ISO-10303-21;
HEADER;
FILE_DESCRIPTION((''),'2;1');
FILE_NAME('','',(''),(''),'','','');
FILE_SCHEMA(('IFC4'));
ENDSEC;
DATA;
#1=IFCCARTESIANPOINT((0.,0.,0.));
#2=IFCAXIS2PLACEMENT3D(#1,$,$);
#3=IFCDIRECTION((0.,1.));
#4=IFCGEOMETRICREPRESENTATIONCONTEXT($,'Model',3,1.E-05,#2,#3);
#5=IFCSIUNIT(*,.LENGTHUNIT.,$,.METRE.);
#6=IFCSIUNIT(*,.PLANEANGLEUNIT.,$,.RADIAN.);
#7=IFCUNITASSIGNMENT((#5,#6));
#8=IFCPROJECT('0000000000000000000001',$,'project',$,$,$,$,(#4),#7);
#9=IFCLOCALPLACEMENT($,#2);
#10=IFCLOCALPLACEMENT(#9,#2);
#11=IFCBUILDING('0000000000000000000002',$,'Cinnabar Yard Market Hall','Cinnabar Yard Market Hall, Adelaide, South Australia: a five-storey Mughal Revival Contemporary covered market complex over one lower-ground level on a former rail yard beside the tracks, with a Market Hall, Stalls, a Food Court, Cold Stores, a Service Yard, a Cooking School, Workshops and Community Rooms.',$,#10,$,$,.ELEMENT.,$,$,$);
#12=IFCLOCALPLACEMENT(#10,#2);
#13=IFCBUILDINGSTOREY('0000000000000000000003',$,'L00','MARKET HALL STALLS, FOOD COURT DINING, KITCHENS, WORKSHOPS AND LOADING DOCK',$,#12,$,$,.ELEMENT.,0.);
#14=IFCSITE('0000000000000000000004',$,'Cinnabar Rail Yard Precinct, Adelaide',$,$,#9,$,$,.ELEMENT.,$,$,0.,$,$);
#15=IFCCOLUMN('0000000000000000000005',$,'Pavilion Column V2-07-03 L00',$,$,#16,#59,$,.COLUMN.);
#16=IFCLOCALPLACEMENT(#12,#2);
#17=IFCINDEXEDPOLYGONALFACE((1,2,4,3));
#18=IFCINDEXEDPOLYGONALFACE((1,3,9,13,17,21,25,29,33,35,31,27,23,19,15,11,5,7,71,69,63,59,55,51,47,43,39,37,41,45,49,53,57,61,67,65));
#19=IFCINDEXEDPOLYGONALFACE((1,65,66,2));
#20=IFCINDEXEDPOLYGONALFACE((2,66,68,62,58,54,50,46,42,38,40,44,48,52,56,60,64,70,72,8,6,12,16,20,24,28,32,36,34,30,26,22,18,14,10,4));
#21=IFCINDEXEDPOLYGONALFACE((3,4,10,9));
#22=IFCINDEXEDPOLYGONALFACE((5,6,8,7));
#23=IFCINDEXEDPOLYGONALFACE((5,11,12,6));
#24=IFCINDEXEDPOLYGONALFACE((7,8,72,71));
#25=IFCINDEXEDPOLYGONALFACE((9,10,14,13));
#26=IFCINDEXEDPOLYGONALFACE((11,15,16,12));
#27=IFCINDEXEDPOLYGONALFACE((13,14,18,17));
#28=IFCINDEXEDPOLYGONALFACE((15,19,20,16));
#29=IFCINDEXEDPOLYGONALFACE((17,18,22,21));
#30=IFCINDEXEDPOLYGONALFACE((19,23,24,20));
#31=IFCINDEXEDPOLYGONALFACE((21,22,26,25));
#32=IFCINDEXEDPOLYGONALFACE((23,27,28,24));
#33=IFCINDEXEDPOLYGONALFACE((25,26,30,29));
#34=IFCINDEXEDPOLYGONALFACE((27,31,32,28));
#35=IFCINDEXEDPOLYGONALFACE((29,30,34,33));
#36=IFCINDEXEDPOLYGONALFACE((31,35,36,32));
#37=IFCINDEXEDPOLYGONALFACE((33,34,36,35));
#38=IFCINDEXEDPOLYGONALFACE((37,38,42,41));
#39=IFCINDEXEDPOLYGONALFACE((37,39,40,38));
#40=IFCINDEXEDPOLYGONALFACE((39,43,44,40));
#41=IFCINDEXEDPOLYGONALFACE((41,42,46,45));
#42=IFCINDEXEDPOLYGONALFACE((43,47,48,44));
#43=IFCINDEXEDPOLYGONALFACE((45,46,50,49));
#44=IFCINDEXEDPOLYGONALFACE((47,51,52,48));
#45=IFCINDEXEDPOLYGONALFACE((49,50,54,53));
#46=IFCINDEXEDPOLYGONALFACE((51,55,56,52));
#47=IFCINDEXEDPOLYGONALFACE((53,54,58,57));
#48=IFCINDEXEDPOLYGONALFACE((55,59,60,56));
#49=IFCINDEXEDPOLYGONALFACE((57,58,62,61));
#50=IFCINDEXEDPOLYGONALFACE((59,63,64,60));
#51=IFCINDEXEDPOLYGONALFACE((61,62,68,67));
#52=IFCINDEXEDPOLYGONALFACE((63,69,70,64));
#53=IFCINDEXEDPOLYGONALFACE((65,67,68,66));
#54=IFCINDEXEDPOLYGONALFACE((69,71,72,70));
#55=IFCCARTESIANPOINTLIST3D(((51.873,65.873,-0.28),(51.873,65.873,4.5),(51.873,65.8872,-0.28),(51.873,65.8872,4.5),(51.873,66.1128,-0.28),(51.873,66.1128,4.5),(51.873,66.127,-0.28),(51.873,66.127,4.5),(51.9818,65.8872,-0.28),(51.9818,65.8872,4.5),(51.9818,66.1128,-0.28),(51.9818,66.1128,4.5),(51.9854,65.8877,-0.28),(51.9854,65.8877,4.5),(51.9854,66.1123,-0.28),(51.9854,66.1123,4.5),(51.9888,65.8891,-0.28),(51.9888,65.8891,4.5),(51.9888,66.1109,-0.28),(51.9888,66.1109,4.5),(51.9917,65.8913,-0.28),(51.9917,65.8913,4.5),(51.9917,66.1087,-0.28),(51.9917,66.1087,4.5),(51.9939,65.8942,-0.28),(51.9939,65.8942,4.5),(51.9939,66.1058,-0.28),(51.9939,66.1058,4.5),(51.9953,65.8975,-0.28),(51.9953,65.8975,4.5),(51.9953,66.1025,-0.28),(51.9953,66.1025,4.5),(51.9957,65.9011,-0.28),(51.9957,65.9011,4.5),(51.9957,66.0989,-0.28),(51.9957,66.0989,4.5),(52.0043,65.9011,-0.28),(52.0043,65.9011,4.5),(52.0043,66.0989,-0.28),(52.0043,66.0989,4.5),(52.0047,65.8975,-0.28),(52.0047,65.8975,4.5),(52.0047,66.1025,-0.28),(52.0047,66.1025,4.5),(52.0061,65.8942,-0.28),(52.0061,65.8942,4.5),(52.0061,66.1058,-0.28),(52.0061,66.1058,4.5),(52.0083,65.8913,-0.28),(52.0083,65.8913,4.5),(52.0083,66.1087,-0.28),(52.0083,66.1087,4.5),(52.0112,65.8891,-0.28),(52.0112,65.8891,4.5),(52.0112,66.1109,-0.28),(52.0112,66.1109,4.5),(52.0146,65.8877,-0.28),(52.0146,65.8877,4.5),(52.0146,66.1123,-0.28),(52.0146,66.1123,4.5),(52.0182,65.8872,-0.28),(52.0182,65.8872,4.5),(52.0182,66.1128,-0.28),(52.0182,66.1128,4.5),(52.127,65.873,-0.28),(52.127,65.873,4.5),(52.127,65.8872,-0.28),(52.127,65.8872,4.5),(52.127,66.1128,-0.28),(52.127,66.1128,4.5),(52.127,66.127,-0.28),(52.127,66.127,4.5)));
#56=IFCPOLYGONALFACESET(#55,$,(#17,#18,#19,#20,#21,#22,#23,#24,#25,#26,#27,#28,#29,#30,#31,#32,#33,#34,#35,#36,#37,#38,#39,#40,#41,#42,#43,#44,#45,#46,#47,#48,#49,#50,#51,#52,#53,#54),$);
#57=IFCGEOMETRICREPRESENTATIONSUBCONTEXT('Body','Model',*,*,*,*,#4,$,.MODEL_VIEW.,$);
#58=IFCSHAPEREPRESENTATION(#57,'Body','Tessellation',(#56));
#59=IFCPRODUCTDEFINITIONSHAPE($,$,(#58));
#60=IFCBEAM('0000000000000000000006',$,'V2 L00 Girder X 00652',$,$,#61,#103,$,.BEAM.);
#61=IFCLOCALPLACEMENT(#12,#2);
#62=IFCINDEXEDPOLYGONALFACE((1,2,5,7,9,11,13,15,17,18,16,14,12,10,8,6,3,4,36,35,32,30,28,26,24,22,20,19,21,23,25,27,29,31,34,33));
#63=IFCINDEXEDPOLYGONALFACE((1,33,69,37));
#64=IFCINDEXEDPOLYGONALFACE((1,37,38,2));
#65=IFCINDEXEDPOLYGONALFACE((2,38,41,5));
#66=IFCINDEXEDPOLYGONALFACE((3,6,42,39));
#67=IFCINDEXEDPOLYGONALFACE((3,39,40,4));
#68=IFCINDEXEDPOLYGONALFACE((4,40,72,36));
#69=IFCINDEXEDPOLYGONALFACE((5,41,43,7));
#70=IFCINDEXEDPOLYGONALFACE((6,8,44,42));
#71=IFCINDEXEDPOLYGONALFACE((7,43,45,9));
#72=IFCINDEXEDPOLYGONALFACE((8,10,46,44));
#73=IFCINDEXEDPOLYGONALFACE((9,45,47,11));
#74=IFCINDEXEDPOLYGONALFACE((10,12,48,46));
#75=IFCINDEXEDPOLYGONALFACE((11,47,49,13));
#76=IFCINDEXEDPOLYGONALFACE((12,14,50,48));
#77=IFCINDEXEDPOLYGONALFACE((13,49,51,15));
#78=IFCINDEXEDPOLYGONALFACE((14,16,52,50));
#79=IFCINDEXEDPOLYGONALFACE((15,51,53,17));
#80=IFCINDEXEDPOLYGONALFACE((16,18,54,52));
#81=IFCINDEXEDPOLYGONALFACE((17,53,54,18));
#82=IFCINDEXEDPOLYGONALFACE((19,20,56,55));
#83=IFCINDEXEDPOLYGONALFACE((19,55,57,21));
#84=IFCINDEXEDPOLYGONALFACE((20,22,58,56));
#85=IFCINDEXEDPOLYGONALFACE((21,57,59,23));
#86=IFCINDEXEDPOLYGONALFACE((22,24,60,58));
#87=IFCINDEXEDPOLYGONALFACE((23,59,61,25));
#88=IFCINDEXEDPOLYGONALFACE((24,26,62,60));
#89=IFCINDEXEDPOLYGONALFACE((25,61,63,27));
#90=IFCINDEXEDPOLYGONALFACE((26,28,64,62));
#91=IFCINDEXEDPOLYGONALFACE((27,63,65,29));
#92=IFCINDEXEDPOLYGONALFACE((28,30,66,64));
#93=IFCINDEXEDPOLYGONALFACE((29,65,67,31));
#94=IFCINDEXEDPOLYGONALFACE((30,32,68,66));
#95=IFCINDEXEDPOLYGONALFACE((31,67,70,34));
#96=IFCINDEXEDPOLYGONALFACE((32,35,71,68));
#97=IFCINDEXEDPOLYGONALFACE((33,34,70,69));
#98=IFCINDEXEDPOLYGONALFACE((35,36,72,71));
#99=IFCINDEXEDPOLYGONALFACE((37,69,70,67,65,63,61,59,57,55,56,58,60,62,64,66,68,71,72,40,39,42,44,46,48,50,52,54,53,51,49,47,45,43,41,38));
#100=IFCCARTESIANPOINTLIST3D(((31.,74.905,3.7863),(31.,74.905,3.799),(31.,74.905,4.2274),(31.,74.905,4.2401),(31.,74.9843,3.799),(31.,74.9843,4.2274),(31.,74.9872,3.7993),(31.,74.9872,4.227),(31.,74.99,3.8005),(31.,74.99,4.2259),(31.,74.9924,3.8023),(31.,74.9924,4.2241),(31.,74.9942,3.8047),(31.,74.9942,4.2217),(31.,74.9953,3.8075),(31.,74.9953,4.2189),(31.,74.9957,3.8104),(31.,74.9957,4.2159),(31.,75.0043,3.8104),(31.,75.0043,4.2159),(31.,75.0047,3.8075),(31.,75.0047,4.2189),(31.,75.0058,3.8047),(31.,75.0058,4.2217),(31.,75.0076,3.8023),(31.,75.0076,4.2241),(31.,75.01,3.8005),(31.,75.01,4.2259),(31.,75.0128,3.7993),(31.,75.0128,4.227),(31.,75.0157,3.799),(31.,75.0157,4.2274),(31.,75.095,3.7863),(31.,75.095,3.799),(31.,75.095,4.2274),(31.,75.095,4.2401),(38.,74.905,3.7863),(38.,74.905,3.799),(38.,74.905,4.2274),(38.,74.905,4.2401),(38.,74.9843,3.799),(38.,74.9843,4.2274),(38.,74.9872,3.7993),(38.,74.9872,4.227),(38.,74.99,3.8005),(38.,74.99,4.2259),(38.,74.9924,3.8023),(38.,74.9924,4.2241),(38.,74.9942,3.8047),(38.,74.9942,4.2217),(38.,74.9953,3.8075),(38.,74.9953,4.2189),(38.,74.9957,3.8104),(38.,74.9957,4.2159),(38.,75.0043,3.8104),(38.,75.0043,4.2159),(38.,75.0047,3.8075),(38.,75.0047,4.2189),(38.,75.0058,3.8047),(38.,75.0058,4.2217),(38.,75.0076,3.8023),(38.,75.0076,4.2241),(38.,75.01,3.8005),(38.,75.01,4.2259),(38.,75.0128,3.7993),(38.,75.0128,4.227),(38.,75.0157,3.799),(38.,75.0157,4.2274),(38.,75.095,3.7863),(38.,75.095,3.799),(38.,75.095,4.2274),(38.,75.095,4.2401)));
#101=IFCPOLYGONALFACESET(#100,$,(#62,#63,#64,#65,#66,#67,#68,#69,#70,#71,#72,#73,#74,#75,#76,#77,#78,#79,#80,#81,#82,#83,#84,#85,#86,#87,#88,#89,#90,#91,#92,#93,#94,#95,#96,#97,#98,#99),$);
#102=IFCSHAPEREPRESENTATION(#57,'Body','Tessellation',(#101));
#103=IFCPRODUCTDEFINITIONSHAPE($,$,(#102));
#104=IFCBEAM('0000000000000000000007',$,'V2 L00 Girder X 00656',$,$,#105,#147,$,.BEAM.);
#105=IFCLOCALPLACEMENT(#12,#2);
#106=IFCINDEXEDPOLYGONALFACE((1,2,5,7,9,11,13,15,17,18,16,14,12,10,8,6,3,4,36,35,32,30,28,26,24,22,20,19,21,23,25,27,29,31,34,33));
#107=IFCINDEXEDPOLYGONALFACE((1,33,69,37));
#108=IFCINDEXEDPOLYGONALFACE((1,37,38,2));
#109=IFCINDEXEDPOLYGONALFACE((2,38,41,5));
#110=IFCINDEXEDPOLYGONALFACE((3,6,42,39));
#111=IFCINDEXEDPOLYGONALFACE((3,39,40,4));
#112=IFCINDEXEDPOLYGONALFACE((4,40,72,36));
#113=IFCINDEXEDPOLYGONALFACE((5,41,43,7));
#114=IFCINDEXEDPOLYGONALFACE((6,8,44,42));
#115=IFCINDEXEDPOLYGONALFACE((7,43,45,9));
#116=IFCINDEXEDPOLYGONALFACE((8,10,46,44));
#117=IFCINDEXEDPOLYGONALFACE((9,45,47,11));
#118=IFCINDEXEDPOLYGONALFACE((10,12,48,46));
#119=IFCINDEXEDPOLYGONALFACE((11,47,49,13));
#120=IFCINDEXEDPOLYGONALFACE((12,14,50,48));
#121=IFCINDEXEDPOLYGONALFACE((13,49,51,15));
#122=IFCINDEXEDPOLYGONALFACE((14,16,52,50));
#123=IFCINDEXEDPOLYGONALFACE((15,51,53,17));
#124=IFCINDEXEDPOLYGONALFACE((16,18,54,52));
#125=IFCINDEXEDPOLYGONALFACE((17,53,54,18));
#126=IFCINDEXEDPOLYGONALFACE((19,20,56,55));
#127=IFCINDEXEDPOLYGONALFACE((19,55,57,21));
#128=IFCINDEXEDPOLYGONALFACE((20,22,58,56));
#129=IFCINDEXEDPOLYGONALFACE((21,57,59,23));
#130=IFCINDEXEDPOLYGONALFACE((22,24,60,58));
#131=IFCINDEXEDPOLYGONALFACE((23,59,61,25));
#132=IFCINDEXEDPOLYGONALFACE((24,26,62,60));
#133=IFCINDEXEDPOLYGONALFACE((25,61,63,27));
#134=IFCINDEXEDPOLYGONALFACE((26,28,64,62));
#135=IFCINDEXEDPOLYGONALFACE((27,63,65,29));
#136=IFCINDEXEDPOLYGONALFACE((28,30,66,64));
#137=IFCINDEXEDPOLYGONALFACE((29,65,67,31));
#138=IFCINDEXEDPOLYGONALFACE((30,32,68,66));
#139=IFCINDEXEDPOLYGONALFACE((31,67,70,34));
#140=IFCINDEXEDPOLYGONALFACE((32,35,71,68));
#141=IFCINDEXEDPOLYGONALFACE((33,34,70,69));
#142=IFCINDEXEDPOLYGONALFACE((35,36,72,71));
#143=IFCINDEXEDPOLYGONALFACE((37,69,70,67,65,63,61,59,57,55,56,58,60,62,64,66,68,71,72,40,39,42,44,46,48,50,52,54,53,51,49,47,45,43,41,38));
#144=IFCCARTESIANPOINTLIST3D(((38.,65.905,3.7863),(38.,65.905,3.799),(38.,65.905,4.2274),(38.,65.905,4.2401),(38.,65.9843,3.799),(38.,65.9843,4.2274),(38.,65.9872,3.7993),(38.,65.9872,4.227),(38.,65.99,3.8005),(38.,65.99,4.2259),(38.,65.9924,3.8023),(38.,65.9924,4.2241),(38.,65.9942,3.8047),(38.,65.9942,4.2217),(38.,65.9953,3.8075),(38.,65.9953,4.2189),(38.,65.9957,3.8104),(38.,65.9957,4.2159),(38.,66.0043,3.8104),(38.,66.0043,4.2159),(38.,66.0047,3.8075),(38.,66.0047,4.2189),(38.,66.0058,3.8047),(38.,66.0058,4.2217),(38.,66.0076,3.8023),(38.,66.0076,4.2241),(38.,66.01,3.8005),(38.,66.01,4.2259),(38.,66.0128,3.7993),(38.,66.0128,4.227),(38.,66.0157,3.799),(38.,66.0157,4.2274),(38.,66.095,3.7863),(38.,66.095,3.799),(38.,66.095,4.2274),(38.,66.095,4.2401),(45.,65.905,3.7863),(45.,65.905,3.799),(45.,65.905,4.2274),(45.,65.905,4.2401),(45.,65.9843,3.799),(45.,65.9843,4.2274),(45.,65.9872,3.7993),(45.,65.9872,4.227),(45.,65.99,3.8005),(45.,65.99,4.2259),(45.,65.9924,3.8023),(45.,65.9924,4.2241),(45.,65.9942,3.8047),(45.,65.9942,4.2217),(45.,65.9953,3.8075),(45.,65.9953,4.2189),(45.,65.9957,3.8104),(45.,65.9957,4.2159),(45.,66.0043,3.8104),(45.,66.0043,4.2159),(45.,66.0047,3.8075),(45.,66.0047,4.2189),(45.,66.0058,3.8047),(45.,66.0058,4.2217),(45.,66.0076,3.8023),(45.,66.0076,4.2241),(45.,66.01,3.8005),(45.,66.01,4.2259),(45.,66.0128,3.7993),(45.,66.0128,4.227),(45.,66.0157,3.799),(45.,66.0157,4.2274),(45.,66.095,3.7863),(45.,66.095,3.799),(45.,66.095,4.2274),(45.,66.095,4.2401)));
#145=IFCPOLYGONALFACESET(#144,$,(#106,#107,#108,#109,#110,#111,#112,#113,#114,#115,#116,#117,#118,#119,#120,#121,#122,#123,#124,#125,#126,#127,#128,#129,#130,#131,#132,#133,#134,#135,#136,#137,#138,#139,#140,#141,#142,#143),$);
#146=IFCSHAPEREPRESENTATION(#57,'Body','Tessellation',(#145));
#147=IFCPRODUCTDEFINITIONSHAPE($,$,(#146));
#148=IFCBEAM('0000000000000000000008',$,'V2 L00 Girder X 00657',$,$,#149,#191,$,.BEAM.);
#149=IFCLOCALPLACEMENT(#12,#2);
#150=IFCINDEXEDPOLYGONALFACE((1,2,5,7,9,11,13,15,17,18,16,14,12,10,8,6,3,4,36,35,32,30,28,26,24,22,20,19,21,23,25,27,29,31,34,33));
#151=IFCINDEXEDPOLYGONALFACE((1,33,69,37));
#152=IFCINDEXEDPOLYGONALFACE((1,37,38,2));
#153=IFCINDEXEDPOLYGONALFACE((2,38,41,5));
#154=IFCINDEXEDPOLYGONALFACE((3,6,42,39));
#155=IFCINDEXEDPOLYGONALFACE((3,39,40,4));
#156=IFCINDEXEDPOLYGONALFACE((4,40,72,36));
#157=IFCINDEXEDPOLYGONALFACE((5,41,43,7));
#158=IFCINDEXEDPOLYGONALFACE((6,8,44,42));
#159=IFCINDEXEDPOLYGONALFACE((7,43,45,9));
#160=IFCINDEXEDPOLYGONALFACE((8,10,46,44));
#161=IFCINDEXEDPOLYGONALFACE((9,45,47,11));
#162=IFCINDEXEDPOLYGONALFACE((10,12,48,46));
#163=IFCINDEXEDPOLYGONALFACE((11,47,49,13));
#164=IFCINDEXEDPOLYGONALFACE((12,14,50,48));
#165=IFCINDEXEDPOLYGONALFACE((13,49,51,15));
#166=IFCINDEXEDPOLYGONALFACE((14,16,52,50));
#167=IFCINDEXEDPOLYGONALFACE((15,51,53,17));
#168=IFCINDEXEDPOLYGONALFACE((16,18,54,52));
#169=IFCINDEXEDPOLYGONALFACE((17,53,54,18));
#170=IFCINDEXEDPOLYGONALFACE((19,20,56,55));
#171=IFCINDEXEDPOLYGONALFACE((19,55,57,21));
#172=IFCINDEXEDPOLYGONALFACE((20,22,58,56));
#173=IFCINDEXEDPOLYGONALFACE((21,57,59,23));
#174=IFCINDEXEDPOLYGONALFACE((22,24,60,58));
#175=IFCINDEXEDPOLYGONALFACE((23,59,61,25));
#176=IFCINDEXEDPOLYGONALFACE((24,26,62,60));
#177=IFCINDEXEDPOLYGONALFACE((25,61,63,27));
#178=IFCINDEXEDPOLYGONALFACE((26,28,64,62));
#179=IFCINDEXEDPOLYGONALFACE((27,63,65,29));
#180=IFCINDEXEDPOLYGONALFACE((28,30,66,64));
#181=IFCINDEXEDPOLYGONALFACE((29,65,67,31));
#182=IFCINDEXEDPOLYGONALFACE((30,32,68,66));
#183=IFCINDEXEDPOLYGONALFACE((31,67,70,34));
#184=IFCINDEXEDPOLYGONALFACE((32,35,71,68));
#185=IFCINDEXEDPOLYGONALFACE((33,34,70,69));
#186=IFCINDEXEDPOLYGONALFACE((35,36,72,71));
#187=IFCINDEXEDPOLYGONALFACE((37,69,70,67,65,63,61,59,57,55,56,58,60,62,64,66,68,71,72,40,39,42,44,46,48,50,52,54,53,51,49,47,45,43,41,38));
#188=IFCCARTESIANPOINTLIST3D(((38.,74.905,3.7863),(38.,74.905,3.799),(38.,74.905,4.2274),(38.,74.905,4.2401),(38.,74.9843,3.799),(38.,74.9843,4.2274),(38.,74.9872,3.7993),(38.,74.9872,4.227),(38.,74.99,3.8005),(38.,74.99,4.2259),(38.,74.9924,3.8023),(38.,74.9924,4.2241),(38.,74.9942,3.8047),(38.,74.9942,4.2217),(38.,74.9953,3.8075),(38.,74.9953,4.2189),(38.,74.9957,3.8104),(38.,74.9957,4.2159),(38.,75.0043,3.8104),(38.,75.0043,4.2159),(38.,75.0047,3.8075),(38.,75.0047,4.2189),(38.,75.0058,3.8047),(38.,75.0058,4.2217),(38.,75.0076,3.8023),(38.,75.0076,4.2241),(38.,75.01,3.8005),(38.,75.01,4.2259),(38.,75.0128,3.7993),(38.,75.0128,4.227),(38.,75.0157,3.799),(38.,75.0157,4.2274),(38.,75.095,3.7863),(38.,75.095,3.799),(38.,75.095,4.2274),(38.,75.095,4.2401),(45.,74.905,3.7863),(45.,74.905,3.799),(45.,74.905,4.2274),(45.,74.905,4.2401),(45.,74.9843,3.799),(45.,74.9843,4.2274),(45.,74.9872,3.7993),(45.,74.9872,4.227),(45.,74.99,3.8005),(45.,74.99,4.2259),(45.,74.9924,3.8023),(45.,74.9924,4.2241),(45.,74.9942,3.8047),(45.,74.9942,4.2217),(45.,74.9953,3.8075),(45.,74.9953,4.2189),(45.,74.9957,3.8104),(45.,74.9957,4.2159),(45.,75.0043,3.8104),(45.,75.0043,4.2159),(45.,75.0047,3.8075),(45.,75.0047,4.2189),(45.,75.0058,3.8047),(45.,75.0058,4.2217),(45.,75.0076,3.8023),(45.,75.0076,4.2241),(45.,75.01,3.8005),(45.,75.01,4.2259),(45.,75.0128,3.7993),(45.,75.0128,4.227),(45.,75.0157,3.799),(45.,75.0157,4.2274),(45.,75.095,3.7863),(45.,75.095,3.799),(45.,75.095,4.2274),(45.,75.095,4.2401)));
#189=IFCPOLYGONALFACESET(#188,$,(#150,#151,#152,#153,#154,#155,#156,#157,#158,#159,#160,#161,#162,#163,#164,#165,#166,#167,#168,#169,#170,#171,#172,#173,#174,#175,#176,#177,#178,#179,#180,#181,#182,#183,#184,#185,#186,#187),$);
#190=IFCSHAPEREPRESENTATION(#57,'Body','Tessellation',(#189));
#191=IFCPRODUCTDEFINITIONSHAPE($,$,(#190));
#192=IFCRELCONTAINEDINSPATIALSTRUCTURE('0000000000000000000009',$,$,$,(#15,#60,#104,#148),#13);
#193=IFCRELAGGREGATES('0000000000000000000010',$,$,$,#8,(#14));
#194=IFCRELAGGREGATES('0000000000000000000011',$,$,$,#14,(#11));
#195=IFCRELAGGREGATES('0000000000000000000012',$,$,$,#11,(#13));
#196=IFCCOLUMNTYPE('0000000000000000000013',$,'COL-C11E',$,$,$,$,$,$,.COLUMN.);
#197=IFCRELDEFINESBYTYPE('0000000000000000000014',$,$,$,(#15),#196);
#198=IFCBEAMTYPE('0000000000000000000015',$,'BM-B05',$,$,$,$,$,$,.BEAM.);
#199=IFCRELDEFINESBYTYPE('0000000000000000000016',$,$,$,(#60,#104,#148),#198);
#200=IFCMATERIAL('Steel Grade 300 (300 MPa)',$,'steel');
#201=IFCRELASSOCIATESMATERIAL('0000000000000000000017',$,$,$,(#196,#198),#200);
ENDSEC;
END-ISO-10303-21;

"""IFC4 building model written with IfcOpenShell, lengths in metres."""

from ifc_helpers import new_model, si_unit, direction, frame, origin, origin_2d_with_axis, place, context, subcontext, project, spatial, i_section, extrude, material, material_profile, profile_set, type_object, element, save


model = new_model("IFC4")

# Units and contexts
model_context = context("Model", 3, precision=1e-05, world=origin(), true_north=direction((0.0, 1.0)))
body_context = subcontext(model_context, "Body", "Model", "MODEL_VIEW")
ifc_project = project(units=[si_unit("LENGTHUNIT", "METRE"), si_unit("PLANEANGLEUNIT", "RADIAN")], contexts=[model_context])

# Site, building, storey
site_placement = place(None, origin())
site = spatial("IfcSite", under=ifc_project, at=site_placement, Name="Cinnabar Rail Yard Precinct, Adelaide", CompositionType="ELEMENT", RefElevation=0.0)
building_placement = place(site_placement, origin())
building = spatial("IfcBuilding", under=site, at=building_placement, Name="Cinnabar Yard Market Hall", Description="Cinnabar Yard Market Hall, Adelaide, South Australia: a five-storey Mughal Revival Contemporary covered market complex over one lower-ground level on a former rail yard beside the tracks, with a Market Hall, Stalls, a Food Court, Cold Stores, a Service Yard, a Cooking School, Workshops and Community Rooms.", CompositionType="ELEMENT")
storey_placement = place(building_placement, origin())
storey = spatial("IfcBuildingStorey", under=building, at=storey_placement, Name="L00", Description="MARKET HALL STALLS, FOOD COURT DINING, KITCHENS, WORKSHOPS AND LOADING DOCK", CompositionType="ELEMENT", Elevation=0.0)

# Column
ifc_material_1 = material(Name="Steel Grade 300 (300 MPa)", Category="steel")
ifc_material_profile_1 = material_profile(ifc_material_1, i_section(OverallWidth=0.2539, OverallDepth=0.2539, WebThickness=0.0085, FlangeThickness=0.0142, FilletRadius=0.0139, at=origin_2d_with_axis()), Name="250UC72.9")
ifc_profile_set_1 = profile_set([ifc_material_profile_1], Name="Steel Grade 300 (300 MPa)")
column_type_1 = type_object("IfcColumnType", Name="COL-C11E", PredefinedType="COLUMN", material=ifc_profile_set_1)
column_placement = place(storey_placement, frame((52.0, 66.0, -0.28), z_axis=(0.0, 0.0, 1.0), x_axis=(1.0, 0.0, 0.0)))
element("IfcColumn", 1, at=column_placement, inside=storey, type_object=column_type_1, Name="Pavilion Column V2-07-03 L00", PredefinedType="COLUMN", context=body_context, shape_type="SweptSolid", body=[
    extrude(i_section(OverallWidth=0.2539, OverallDepth=0.2539, WebThickness=0.0085, FlangeThickness=0.0142, FilletRadius=0.0139, at=origin_2d_with_axis()), origin(), (0.0, 0.0, 1.0), 4.78),
])

# Beams
ifc_material_profile_2 = material_profile(ifc_material_1, i_section(OverallWidth=0.1899, OverallDepth=0.4539, WebThickness=0.0085, FlangeThickness=0.0127, FilletRadius=0.0115, at=origin_2d_with_axis()), Name="460UB67.1")
ifc_profile_set_2 = profile_set([ifc_material_profile_2], Name="Steel Grade 300 (300 MPa)")
beam_type_1 = type_object("IfcBeamType", Name="BM-B05", PredefinedType="BEAM", material=ifc_profile_set_2)
for number, where, z_axis, x_axis, name in (
    (2, (31.0, 75.0, 4.0132), (1.0, 0.0, 0.0), (0.0, 1.0, 0.0), "V2 L00 Girder X 00652"),
    (3, (38.0, 66.0, 4.0132), (1.0, 0.0, 0.0), (0.0, 1.0, 0.0), "V2 L00 Girder X 00656"),
    (4, (38.0, 75.0, 4.0132), (1.0, 0.0, 0.0), (0.0, 1.0, 0.0), "V2 L00 Girder X 00657"),
):
    element("IfcBeam", number, at=place(storey_placement, frame(where, z_axis=z_axis, x_axis=x_axis)), inside=storey, type_object=beam_type_1, Name=name, PredefinedType="BEAM", context=body_context, shape_type="SweptSolid", body=[
        extrude(i_section(OverallWidth=0.1899, OverallDepth=0.4539, WebThickness=0.0085, FlangeThickness=0.0127, FilletRadius=0.0115, at=origin_2d_with_axis()), origin(), (0.0, 0.0, 1.0), 7.0),
    ])

save(model, "model.ifc")
